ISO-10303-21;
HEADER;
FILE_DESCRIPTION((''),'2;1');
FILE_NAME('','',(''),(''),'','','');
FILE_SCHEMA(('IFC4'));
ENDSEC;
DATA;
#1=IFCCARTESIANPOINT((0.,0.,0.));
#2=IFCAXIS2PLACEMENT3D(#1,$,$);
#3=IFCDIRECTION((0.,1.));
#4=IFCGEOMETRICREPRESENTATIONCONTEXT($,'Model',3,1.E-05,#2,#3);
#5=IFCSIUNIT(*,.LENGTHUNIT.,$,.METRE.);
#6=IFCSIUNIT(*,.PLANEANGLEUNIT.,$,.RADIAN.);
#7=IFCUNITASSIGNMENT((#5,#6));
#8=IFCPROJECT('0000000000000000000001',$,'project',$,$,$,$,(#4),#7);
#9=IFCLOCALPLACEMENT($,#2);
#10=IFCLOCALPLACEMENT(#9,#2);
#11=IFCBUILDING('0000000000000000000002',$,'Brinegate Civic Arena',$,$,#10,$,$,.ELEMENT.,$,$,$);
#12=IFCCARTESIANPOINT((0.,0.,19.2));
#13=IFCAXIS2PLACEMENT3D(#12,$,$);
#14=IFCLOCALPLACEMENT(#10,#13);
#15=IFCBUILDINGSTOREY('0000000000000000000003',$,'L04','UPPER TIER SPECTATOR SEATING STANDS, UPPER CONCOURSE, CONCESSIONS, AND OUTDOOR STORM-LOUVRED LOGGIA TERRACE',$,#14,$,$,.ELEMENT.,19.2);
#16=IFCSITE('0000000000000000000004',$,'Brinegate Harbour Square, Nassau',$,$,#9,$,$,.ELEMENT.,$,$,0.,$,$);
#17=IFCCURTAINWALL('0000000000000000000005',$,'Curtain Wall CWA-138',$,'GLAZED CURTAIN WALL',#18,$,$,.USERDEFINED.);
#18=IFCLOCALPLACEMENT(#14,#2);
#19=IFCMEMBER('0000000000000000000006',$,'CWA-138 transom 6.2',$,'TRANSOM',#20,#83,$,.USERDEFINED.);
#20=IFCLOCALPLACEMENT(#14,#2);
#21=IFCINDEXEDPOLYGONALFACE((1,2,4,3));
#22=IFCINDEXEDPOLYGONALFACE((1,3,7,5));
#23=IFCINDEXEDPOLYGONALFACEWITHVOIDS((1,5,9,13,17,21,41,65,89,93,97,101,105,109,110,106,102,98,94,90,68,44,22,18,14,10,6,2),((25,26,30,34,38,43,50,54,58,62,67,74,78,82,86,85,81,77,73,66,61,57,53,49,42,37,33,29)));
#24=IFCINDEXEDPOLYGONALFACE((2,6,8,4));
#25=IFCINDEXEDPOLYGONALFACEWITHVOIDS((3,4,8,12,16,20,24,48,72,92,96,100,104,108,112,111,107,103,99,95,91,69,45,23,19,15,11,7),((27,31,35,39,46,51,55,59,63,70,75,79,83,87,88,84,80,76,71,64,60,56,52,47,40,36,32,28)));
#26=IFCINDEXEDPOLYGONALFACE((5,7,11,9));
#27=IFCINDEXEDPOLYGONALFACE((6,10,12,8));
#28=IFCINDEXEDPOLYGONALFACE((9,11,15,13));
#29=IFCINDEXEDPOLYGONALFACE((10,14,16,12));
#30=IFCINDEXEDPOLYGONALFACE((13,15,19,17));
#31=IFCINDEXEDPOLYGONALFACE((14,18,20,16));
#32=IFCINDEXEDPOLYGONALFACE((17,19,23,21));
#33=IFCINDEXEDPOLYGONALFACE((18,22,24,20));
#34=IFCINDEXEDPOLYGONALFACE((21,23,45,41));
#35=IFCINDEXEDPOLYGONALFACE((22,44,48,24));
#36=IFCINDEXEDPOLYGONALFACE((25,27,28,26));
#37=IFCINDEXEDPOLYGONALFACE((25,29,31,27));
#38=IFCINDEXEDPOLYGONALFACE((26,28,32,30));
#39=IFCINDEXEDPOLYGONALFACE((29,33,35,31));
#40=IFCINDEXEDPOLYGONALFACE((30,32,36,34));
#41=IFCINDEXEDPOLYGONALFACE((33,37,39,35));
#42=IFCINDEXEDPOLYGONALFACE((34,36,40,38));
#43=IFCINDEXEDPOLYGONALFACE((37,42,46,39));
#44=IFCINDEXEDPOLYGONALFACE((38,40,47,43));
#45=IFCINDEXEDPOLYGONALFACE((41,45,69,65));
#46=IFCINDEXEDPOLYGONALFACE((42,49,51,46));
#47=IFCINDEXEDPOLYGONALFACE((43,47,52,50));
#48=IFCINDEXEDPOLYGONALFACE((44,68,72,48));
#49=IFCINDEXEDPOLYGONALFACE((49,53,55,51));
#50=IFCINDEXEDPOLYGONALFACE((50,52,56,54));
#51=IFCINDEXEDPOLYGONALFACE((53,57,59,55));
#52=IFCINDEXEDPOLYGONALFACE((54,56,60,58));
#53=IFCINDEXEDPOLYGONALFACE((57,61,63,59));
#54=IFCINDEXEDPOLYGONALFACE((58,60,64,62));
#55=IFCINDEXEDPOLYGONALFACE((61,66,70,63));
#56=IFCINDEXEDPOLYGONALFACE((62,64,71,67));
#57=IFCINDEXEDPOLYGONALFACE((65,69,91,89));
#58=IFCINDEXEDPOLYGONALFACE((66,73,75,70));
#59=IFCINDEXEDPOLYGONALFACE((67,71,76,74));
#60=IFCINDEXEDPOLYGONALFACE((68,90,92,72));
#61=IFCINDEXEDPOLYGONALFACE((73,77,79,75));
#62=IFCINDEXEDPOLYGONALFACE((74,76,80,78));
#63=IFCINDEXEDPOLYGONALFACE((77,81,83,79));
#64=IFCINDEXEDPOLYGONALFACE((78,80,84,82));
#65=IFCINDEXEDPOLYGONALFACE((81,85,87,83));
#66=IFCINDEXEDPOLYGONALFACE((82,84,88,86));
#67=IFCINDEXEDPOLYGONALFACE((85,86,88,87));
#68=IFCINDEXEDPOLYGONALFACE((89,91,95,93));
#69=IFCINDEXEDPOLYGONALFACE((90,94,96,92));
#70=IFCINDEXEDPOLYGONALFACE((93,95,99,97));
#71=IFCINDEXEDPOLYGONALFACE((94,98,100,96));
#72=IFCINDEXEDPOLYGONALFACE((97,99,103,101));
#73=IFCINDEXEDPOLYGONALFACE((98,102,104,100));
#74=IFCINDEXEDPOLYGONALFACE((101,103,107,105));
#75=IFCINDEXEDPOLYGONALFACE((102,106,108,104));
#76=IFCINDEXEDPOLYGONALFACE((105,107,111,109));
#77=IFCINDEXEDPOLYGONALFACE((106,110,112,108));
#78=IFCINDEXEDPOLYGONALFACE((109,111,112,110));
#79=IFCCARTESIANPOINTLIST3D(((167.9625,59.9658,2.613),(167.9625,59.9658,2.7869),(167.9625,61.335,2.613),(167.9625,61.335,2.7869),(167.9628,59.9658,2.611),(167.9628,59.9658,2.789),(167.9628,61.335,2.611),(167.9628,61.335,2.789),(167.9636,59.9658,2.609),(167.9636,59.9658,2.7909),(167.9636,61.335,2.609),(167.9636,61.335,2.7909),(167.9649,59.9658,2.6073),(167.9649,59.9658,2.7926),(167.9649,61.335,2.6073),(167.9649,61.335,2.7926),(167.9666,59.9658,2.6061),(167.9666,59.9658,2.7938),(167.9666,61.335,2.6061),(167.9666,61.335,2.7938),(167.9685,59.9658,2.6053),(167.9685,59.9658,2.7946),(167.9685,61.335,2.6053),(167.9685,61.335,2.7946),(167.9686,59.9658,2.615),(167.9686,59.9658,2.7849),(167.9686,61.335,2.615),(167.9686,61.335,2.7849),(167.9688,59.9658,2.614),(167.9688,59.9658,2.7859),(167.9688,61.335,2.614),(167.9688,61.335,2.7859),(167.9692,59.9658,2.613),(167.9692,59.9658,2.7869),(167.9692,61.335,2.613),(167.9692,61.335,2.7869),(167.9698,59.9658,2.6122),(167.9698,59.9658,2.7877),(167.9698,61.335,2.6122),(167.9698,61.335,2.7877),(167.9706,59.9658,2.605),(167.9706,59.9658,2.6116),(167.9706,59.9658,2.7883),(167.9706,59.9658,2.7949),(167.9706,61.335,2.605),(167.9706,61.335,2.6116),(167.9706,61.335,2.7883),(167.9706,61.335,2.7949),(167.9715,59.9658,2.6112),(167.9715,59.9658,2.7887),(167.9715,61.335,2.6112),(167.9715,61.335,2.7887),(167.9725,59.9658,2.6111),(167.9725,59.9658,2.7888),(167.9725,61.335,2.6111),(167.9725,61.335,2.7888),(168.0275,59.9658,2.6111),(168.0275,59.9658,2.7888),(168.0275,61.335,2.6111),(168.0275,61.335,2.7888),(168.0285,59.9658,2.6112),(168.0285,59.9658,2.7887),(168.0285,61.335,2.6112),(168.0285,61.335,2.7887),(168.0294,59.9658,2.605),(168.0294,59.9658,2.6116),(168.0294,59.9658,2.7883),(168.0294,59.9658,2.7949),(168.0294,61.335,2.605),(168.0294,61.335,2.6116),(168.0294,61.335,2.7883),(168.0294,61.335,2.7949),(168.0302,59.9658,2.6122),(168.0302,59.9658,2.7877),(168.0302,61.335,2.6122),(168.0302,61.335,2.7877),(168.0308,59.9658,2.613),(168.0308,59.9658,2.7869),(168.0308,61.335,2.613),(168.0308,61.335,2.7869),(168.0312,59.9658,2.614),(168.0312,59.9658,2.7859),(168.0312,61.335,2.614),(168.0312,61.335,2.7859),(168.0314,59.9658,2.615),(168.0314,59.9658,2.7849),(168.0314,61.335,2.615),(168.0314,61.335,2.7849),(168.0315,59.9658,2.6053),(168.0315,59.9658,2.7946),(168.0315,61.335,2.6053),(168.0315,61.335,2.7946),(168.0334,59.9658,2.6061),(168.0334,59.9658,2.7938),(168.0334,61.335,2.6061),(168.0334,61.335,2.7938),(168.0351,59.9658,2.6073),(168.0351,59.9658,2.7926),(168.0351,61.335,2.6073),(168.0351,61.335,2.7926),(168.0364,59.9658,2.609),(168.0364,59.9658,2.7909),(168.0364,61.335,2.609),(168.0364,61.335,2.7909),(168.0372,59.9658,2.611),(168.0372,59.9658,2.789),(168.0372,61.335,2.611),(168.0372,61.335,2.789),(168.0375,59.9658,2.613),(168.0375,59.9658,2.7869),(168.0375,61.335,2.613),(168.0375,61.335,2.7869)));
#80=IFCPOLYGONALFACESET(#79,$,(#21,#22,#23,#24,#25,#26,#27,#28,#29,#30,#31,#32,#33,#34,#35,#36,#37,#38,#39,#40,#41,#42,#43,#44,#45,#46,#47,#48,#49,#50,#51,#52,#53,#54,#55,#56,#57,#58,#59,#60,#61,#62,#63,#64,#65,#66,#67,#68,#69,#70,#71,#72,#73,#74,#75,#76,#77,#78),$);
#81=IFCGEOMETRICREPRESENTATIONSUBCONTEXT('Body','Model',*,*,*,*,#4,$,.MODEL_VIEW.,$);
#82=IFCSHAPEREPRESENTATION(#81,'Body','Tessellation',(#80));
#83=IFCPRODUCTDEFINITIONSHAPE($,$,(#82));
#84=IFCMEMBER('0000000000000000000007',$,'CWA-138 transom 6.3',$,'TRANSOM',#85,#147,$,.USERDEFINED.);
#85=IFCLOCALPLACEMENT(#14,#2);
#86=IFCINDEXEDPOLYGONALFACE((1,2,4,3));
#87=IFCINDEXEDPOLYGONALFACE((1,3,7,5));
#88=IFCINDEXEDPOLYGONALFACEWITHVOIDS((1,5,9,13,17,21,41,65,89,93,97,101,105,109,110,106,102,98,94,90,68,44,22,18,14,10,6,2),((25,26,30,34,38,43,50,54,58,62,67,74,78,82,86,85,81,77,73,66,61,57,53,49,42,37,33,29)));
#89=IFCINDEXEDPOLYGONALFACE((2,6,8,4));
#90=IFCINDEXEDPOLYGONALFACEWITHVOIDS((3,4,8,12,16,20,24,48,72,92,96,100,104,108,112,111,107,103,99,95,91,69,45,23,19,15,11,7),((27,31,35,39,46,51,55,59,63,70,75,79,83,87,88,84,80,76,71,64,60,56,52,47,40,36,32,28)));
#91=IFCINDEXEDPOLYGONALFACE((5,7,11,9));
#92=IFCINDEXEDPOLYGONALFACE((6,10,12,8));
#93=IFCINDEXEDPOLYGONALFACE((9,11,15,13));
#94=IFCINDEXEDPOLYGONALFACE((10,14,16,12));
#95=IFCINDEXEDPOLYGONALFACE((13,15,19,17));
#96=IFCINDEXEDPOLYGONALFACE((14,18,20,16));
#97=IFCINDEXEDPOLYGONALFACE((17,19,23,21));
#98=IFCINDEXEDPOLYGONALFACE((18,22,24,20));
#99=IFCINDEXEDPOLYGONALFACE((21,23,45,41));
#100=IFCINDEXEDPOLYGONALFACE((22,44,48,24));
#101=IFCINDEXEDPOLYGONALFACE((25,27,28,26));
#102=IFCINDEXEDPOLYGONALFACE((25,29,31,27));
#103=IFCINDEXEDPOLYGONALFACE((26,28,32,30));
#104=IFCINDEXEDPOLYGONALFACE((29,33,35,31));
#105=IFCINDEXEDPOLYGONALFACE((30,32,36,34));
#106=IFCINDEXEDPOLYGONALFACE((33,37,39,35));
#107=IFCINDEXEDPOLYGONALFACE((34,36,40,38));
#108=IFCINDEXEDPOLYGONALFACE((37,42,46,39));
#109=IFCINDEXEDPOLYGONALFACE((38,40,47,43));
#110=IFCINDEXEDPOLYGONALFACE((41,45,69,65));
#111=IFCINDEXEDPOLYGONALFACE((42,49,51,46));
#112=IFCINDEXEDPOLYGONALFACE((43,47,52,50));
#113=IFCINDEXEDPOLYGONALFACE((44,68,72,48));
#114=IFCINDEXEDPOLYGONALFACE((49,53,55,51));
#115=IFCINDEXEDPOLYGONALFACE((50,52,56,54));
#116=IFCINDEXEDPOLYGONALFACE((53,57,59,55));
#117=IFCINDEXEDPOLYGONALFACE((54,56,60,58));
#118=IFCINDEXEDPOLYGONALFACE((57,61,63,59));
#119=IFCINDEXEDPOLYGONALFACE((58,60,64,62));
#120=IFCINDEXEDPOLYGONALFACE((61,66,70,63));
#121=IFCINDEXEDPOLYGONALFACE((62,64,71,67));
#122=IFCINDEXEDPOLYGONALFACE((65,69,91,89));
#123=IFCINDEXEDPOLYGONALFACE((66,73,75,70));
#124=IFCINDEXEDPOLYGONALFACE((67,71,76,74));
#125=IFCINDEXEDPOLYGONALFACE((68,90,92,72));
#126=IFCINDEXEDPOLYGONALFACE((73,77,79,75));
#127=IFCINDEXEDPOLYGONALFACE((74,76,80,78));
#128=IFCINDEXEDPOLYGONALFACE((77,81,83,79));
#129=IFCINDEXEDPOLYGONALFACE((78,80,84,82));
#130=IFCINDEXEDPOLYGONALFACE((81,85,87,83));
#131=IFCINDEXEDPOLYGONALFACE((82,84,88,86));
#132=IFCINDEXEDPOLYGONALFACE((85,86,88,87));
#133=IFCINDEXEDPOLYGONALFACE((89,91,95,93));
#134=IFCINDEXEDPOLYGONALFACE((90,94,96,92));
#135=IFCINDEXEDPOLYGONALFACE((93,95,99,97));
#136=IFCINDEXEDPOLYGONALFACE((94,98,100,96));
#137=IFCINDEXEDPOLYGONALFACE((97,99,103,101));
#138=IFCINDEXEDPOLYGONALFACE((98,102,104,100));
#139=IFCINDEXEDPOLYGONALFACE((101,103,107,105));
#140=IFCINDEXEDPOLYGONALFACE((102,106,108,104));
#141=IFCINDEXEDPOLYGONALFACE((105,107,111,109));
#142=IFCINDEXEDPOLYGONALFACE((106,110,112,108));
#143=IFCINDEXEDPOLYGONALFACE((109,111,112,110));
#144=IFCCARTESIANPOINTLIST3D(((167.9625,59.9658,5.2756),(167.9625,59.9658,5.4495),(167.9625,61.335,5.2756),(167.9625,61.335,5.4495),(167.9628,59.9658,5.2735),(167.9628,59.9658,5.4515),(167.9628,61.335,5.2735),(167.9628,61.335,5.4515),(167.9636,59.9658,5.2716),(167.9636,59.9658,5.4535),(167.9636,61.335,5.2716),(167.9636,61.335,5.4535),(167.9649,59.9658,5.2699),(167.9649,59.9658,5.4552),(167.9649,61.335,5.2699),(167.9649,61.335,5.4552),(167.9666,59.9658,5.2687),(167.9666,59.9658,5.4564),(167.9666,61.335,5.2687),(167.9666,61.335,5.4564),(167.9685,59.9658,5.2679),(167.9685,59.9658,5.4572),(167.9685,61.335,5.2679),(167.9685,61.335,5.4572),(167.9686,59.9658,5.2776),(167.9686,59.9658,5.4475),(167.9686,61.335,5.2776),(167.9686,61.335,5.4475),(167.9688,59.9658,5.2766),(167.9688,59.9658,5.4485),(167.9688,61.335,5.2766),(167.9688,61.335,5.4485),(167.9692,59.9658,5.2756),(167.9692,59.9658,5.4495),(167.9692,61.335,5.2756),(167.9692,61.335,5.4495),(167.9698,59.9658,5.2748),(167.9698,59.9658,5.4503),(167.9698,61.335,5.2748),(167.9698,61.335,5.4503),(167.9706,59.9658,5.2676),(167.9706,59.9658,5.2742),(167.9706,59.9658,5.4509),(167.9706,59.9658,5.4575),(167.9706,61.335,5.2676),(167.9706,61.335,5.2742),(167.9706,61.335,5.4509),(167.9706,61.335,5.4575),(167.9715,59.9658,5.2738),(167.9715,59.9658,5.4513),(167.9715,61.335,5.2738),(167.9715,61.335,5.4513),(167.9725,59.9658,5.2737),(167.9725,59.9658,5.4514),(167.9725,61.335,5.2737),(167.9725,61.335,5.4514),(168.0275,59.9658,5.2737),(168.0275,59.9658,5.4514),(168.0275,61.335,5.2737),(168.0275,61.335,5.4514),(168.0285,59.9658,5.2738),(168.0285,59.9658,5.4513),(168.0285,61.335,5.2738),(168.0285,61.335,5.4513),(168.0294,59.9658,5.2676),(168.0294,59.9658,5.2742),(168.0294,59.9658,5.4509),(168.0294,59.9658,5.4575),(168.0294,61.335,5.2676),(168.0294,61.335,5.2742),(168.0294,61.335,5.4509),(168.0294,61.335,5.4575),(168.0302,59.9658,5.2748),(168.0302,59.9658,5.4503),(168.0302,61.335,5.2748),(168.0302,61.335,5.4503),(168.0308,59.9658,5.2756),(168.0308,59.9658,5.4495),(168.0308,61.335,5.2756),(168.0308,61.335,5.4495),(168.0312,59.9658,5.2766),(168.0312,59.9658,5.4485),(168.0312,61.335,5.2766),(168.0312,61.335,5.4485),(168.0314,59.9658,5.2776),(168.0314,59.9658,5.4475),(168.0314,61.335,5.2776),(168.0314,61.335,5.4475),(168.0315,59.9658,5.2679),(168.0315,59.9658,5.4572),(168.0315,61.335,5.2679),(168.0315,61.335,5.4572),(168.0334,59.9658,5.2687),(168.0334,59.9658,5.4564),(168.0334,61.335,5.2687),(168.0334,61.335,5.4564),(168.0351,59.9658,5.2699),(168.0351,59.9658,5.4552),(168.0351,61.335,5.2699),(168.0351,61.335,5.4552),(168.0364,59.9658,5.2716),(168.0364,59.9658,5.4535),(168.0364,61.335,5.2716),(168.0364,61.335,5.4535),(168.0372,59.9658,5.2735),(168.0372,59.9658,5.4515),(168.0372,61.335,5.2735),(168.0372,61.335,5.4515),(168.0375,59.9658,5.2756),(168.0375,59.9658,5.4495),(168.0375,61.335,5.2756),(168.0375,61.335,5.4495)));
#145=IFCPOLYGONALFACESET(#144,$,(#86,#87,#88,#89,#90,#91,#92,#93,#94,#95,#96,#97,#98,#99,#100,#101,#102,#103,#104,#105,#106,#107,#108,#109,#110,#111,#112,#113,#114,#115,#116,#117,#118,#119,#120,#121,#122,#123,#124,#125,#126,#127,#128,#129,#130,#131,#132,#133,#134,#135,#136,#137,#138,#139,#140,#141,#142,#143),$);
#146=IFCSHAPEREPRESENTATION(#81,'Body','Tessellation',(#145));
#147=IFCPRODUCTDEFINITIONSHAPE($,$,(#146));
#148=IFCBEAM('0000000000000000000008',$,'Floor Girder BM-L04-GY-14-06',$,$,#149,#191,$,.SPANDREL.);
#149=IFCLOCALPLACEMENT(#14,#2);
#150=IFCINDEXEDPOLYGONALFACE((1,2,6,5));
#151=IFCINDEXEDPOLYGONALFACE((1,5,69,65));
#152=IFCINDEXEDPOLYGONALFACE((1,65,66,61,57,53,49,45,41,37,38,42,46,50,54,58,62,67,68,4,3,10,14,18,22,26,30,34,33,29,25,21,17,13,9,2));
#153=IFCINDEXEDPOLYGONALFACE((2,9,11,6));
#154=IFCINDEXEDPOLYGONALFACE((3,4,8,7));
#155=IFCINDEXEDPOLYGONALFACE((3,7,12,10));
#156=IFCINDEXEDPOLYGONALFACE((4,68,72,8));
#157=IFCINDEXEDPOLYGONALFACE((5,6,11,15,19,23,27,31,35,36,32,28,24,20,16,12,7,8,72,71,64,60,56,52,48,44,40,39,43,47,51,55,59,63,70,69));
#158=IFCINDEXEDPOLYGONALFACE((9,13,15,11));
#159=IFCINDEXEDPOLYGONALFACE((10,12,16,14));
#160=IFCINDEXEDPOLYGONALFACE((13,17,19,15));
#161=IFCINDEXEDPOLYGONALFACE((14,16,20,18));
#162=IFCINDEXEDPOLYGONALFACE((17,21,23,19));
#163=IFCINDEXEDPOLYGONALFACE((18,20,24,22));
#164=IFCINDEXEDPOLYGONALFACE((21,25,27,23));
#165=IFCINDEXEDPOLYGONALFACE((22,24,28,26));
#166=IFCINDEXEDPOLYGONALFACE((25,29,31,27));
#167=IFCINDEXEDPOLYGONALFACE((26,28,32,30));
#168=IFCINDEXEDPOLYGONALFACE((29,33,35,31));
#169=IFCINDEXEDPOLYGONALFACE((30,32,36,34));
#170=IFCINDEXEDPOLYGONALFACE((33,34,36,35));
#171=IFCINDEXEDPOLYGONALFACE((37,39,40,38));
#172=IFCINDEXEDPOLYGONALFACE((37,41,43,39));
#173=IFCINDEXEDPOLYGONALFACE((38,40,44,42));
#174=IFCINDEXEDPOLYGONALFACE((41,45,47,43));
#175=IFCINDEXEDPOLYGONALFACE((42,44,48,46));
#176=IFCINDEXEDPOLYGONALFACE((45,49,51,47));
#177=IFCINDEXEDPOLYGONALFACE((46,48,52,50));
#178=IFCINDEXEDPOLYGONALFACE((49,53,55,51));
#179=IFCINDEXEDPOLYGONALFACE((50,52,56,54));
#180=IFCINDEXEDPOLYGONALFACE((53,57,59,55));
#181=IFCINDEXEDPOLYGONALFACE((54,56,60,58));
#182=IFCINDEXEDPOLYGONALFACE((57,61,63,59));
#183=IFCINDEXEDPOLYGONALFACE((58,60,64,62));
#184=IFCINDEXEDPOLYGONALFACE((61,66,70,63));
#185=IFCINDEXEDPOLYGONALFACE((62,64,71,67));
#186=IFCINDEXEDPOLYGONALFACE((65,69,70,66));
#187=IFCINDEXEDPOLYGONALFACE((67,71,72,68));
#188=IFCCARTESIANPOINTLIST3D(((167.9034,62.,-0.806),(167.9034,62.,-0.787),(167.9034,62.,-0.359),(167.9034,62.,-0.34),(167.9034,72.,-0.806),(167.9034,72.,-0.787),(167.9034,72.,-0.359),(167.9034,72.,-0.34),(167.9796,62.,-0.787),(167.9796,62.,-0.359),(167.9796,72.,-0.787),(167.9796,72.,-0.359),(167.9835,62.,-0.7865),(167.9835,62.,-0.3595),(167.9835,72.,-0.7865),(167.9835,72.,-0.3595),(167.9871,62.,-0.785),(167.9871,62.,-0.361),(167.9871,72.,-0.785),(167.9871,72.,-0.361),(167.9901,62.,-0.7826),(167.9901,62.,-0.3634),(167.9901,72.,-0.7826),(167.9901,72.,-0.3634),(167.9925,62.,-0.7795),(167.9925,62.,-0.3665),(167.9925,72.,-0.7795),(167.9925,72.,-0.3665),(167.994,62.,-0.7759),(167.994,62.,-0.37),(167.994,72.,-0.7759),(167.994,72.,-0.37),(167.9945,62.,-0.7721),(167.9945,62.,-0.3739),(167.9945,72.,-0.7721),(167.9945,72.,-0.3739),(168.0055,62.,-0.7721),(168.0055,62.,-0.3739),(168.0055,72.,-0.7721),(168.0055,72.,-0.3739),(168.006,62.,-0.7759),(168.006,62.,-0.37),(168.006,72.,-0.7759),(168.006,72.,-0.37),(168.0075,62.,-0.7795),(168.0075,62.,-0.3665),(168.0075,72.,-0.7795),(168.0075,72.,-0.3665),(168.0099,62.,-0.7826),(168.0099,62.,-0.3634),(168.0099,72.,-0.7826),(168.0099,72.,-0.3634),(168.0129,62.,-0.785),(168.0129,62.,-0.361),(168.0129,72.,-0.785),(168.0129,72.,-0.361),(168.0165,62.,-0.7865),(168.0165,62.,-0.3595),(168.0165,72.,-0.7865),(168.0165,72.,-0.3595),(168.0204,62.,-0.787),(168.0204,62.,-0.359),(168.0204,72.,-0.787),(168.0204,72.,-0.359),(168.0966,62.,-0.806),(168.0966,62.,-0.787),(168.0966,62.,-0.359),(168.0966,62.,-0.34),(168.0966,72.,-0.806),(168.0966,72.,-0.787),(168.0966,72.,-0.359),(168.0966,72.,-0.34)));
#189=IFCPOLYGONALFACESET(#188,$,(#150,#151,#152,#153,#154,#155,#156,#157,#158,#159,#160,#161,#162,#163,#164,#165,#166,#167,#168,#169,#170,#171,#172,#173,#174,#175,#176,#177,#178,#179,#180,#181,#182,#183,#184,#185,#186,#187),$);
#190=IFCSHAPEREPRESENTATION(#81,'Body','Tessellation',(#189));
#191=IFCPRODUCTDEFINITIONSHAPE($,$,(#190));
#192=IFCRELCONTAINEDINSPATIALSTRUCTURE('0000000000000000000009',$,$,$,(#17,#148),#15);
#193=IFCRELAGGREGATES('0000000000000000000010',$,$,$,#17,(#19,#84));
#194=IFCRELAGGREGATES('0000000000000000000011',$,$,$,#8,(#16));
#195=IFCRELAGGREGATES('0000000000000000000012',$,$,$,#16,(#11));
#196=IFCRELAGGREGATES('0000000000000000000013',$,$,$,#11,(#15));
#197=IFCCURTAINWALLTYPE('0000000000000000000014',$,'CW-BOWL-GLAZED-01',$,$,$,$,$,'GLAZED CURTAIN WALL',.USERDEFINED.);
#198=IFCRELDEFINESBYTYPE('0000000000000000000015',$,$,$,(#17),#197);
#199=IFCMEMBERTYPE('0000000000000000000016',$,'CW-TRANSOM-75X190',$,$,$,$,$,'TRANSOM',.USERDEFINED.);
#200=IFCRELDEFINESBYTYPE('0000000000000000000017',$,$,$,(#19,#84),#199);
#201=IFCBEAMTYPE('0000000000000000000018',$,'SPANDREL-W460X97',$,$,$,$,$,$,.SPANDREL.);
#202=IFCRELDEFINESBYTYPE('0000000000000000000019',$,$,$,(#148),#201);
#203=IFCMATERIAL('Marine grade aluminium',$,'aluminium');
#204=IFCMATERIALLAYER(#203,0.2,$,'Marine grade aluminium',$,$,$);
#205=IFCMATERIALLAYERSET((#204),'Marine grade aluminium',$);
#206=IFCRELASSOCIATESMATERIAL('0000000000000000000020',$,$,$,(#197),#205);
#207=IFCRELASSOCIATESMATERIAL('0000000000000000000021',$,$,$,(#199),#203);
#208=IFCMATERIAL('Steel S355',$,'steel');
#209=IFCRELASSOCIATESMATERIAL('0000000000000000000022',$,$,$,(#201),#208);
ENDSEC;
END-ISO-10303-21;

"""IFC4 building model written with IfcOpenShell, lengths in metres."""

from ifc_helpers import new_model, si_unit, direction, frame, origin, origin_2d, place, context, subcontext, project, spatial, hollow_rectangle, i_section, extrude, material, layer, layer_set, material_profile, profile_set, type_object, element, aggregate, save


model = new_model("IFC4")

# Units and contexts
model_context = context("Model", 3, precision=1e-05, world=origin(), true_north=direction((0.0, 1.0)))
body_context = subcontext(model_context, "Body", "Model", "MODEL_VIEW")
ifc_project = project(units=[si_unit("LENGTHUNIT", "METRE"), si_unit("PLANEANGLEUNIT", "RADIAN")], contexts=[model_context])

# Site, building, storey
site_placement = place(None, origin())
site = spatial("IfcSite", under=ifc_project, at=site_placement, Name="Brinegate Harbour Square, Nassau", CompositionType="ELEMENT", RefElevation=0.0)
building_placement = place(site_placement, origin())
building = spatial("IfcBuilding", under=site, at=building_placement, Name="Brinegate Civic Arena", CompositionType="ELEMENT")
storey_placement = place(building_placement, frame((0.0, 0.0, 19.2)))
storey = spatial("IfcBuildingStorey", under=building, at=storey_placement, Name="L04", Description="UPPER TIER SPECTATOR SEATING STANDS, UPPER CONCOURSE, CONCESSIONS, AND OUTDOOR STORM-LOUVRED LOGGIA TERRACE", CompositionType="ELEMENT", Elevation=19.2)

# Curtain wall
ifc_material_1 = material(Name="Marine grade aluminium", Category="aluminium")
ifc_layer_1 = layer(ifc_material_1, 0.2, Name="Marine grade aluminium")
ifc_layer_set_1 = layer_set([ifc_layer_1], Name="Marine grade aluminium")
curtain_wall_type = type_object("IfcCurtainWallType", Name="CW-BOWL-GLAZED-01", ElementType="GLAZED CURTAIN WALL", PredefinedType="USERDEFINED", material=ifc_layer_set_1)
curtain_wall_1_placement = place(storey_placement, origin())
curtain_wall_1 = element("IfcCurtainWall", 1, at=curtain_wall_1_placement, inside=storey, type_object=curtain_wall_type, Name="Curtain Wall CWA-138", ObjectType="GLAZED CURTAIN WALL", PredefinedType="USERDEFINED")

# Members
ifc_material_profile_1 = material_profile(ifc_material_1, hollow_rectangle(XDim=0.075, YDim=0.1899, WallThickness=0.0061, InnerFilletRadius=0.0039, OuterFilletRadius=0.0081, at=origin_2d()), Name="TRN75X190")
ifc_profile_set_1 = profile_set([ifc_material_profile_1], Name="Marine grade aluminium")
member_type_1 = type_object("IfcMemberType", Name="CW-TRANSOM-75X190", ElementType="TRANSOM", PredefinedType="USERDEFINED", material=ifc_profile_set_1)
member_1_placement = place(storey_placement, frame((168.0, 59.9658, 2.7), z_axis=(0.0, 1.0, 0.0), x_axis=(-1.0, 0.0, 0.0)))
member_1 = element("IfcMember", 2, at=member_1_placement, type_object=member_type_1, Name="CWA-138 transom 6.2", ObjectType="TRANSOM", PredefinedType="USERDEFINED", context=body_context, shape_type="SweptSolid", body=[
    extrude(hollow_rectangle(XDim=0.075, YDim=0.1899, WallThickness=0.0061, InnerFilletRadius=0.0039, OuterFilletRadius=0.0081, at=origin_2d()), origin(), (0.0, 0.0, 1.0), 1.3691),
])
member_2_placement = place(storey_placement, frame((168.0, 59.9658, 5.3625), z_axis=(0.0, 1.0, 0.0), x_axis=(-1.0, 0.0, 0.0)))
member_2 = element("IfcMember", 3, at=member_2_placement, type_object=member_type_1, Name="CWA-138 transom 6.3", ObjectType="TRANSOM", PredefinedType="USERDEFINED", context=body_context, shape_type="SweptSolid", body=[
    extrude(hollow_rectangle(XDim=0.075, YDim=0.1899, WallThickness=0.0061, InnerFilletRadius=0.0039, OuterFilletRadius=0.0081, at=origin_2d()), origin(), (0.0, 0.0, 1.0), 1.3691),
])

# Beam
ifc_material_2 = material(Name="Steel S355", Category="steel")
ifc_material_profile_2 = material_profile(ifc_material_2, i_section(OverallWidth=0.1931, OverallDepth=0.4661, WebThickness=0.011, FlangeThickness=0.019, FilletRadius=0.0149, at=origin_2d()), Name="W460X97")
ifc_profile_set_2 = profile_set([ifc_material_profile_2], Name="Steel S355")
beam_type = type_object("IfcBeamType", Name="SPANDREL-W460X97", PredefinedType="SPANDREL", material=ifc_profile_set_2)
beam_placement = place(storey_placement, frame((168.0, 62.0, -0.573), z_axis=(0.0, 1.0, 0.0), x_axis=(-1.0, 0.0, 0.0)))
element("IfcBeam", 4, at=beam_placement, inside=storey, type_object=beam_type, Name="Floor Girder BM-L04-GY-14-06", PredefinedType="SPANDREL", context=body_context, shape_type="SweptSolid", body=[
    extrude(i_section(OverallWidth=0.1931, OverallDepth=0.4661, WebThickness=0.011, FlangeThickness=0.019, FilletRadius=0.0149, at=origin_2d()), origin(), (0.0, 0.0, 1.0), 10.0),
])

aggregate(curtain_wall_1, [member_1, member_2])

save(model, "model.ifc")
